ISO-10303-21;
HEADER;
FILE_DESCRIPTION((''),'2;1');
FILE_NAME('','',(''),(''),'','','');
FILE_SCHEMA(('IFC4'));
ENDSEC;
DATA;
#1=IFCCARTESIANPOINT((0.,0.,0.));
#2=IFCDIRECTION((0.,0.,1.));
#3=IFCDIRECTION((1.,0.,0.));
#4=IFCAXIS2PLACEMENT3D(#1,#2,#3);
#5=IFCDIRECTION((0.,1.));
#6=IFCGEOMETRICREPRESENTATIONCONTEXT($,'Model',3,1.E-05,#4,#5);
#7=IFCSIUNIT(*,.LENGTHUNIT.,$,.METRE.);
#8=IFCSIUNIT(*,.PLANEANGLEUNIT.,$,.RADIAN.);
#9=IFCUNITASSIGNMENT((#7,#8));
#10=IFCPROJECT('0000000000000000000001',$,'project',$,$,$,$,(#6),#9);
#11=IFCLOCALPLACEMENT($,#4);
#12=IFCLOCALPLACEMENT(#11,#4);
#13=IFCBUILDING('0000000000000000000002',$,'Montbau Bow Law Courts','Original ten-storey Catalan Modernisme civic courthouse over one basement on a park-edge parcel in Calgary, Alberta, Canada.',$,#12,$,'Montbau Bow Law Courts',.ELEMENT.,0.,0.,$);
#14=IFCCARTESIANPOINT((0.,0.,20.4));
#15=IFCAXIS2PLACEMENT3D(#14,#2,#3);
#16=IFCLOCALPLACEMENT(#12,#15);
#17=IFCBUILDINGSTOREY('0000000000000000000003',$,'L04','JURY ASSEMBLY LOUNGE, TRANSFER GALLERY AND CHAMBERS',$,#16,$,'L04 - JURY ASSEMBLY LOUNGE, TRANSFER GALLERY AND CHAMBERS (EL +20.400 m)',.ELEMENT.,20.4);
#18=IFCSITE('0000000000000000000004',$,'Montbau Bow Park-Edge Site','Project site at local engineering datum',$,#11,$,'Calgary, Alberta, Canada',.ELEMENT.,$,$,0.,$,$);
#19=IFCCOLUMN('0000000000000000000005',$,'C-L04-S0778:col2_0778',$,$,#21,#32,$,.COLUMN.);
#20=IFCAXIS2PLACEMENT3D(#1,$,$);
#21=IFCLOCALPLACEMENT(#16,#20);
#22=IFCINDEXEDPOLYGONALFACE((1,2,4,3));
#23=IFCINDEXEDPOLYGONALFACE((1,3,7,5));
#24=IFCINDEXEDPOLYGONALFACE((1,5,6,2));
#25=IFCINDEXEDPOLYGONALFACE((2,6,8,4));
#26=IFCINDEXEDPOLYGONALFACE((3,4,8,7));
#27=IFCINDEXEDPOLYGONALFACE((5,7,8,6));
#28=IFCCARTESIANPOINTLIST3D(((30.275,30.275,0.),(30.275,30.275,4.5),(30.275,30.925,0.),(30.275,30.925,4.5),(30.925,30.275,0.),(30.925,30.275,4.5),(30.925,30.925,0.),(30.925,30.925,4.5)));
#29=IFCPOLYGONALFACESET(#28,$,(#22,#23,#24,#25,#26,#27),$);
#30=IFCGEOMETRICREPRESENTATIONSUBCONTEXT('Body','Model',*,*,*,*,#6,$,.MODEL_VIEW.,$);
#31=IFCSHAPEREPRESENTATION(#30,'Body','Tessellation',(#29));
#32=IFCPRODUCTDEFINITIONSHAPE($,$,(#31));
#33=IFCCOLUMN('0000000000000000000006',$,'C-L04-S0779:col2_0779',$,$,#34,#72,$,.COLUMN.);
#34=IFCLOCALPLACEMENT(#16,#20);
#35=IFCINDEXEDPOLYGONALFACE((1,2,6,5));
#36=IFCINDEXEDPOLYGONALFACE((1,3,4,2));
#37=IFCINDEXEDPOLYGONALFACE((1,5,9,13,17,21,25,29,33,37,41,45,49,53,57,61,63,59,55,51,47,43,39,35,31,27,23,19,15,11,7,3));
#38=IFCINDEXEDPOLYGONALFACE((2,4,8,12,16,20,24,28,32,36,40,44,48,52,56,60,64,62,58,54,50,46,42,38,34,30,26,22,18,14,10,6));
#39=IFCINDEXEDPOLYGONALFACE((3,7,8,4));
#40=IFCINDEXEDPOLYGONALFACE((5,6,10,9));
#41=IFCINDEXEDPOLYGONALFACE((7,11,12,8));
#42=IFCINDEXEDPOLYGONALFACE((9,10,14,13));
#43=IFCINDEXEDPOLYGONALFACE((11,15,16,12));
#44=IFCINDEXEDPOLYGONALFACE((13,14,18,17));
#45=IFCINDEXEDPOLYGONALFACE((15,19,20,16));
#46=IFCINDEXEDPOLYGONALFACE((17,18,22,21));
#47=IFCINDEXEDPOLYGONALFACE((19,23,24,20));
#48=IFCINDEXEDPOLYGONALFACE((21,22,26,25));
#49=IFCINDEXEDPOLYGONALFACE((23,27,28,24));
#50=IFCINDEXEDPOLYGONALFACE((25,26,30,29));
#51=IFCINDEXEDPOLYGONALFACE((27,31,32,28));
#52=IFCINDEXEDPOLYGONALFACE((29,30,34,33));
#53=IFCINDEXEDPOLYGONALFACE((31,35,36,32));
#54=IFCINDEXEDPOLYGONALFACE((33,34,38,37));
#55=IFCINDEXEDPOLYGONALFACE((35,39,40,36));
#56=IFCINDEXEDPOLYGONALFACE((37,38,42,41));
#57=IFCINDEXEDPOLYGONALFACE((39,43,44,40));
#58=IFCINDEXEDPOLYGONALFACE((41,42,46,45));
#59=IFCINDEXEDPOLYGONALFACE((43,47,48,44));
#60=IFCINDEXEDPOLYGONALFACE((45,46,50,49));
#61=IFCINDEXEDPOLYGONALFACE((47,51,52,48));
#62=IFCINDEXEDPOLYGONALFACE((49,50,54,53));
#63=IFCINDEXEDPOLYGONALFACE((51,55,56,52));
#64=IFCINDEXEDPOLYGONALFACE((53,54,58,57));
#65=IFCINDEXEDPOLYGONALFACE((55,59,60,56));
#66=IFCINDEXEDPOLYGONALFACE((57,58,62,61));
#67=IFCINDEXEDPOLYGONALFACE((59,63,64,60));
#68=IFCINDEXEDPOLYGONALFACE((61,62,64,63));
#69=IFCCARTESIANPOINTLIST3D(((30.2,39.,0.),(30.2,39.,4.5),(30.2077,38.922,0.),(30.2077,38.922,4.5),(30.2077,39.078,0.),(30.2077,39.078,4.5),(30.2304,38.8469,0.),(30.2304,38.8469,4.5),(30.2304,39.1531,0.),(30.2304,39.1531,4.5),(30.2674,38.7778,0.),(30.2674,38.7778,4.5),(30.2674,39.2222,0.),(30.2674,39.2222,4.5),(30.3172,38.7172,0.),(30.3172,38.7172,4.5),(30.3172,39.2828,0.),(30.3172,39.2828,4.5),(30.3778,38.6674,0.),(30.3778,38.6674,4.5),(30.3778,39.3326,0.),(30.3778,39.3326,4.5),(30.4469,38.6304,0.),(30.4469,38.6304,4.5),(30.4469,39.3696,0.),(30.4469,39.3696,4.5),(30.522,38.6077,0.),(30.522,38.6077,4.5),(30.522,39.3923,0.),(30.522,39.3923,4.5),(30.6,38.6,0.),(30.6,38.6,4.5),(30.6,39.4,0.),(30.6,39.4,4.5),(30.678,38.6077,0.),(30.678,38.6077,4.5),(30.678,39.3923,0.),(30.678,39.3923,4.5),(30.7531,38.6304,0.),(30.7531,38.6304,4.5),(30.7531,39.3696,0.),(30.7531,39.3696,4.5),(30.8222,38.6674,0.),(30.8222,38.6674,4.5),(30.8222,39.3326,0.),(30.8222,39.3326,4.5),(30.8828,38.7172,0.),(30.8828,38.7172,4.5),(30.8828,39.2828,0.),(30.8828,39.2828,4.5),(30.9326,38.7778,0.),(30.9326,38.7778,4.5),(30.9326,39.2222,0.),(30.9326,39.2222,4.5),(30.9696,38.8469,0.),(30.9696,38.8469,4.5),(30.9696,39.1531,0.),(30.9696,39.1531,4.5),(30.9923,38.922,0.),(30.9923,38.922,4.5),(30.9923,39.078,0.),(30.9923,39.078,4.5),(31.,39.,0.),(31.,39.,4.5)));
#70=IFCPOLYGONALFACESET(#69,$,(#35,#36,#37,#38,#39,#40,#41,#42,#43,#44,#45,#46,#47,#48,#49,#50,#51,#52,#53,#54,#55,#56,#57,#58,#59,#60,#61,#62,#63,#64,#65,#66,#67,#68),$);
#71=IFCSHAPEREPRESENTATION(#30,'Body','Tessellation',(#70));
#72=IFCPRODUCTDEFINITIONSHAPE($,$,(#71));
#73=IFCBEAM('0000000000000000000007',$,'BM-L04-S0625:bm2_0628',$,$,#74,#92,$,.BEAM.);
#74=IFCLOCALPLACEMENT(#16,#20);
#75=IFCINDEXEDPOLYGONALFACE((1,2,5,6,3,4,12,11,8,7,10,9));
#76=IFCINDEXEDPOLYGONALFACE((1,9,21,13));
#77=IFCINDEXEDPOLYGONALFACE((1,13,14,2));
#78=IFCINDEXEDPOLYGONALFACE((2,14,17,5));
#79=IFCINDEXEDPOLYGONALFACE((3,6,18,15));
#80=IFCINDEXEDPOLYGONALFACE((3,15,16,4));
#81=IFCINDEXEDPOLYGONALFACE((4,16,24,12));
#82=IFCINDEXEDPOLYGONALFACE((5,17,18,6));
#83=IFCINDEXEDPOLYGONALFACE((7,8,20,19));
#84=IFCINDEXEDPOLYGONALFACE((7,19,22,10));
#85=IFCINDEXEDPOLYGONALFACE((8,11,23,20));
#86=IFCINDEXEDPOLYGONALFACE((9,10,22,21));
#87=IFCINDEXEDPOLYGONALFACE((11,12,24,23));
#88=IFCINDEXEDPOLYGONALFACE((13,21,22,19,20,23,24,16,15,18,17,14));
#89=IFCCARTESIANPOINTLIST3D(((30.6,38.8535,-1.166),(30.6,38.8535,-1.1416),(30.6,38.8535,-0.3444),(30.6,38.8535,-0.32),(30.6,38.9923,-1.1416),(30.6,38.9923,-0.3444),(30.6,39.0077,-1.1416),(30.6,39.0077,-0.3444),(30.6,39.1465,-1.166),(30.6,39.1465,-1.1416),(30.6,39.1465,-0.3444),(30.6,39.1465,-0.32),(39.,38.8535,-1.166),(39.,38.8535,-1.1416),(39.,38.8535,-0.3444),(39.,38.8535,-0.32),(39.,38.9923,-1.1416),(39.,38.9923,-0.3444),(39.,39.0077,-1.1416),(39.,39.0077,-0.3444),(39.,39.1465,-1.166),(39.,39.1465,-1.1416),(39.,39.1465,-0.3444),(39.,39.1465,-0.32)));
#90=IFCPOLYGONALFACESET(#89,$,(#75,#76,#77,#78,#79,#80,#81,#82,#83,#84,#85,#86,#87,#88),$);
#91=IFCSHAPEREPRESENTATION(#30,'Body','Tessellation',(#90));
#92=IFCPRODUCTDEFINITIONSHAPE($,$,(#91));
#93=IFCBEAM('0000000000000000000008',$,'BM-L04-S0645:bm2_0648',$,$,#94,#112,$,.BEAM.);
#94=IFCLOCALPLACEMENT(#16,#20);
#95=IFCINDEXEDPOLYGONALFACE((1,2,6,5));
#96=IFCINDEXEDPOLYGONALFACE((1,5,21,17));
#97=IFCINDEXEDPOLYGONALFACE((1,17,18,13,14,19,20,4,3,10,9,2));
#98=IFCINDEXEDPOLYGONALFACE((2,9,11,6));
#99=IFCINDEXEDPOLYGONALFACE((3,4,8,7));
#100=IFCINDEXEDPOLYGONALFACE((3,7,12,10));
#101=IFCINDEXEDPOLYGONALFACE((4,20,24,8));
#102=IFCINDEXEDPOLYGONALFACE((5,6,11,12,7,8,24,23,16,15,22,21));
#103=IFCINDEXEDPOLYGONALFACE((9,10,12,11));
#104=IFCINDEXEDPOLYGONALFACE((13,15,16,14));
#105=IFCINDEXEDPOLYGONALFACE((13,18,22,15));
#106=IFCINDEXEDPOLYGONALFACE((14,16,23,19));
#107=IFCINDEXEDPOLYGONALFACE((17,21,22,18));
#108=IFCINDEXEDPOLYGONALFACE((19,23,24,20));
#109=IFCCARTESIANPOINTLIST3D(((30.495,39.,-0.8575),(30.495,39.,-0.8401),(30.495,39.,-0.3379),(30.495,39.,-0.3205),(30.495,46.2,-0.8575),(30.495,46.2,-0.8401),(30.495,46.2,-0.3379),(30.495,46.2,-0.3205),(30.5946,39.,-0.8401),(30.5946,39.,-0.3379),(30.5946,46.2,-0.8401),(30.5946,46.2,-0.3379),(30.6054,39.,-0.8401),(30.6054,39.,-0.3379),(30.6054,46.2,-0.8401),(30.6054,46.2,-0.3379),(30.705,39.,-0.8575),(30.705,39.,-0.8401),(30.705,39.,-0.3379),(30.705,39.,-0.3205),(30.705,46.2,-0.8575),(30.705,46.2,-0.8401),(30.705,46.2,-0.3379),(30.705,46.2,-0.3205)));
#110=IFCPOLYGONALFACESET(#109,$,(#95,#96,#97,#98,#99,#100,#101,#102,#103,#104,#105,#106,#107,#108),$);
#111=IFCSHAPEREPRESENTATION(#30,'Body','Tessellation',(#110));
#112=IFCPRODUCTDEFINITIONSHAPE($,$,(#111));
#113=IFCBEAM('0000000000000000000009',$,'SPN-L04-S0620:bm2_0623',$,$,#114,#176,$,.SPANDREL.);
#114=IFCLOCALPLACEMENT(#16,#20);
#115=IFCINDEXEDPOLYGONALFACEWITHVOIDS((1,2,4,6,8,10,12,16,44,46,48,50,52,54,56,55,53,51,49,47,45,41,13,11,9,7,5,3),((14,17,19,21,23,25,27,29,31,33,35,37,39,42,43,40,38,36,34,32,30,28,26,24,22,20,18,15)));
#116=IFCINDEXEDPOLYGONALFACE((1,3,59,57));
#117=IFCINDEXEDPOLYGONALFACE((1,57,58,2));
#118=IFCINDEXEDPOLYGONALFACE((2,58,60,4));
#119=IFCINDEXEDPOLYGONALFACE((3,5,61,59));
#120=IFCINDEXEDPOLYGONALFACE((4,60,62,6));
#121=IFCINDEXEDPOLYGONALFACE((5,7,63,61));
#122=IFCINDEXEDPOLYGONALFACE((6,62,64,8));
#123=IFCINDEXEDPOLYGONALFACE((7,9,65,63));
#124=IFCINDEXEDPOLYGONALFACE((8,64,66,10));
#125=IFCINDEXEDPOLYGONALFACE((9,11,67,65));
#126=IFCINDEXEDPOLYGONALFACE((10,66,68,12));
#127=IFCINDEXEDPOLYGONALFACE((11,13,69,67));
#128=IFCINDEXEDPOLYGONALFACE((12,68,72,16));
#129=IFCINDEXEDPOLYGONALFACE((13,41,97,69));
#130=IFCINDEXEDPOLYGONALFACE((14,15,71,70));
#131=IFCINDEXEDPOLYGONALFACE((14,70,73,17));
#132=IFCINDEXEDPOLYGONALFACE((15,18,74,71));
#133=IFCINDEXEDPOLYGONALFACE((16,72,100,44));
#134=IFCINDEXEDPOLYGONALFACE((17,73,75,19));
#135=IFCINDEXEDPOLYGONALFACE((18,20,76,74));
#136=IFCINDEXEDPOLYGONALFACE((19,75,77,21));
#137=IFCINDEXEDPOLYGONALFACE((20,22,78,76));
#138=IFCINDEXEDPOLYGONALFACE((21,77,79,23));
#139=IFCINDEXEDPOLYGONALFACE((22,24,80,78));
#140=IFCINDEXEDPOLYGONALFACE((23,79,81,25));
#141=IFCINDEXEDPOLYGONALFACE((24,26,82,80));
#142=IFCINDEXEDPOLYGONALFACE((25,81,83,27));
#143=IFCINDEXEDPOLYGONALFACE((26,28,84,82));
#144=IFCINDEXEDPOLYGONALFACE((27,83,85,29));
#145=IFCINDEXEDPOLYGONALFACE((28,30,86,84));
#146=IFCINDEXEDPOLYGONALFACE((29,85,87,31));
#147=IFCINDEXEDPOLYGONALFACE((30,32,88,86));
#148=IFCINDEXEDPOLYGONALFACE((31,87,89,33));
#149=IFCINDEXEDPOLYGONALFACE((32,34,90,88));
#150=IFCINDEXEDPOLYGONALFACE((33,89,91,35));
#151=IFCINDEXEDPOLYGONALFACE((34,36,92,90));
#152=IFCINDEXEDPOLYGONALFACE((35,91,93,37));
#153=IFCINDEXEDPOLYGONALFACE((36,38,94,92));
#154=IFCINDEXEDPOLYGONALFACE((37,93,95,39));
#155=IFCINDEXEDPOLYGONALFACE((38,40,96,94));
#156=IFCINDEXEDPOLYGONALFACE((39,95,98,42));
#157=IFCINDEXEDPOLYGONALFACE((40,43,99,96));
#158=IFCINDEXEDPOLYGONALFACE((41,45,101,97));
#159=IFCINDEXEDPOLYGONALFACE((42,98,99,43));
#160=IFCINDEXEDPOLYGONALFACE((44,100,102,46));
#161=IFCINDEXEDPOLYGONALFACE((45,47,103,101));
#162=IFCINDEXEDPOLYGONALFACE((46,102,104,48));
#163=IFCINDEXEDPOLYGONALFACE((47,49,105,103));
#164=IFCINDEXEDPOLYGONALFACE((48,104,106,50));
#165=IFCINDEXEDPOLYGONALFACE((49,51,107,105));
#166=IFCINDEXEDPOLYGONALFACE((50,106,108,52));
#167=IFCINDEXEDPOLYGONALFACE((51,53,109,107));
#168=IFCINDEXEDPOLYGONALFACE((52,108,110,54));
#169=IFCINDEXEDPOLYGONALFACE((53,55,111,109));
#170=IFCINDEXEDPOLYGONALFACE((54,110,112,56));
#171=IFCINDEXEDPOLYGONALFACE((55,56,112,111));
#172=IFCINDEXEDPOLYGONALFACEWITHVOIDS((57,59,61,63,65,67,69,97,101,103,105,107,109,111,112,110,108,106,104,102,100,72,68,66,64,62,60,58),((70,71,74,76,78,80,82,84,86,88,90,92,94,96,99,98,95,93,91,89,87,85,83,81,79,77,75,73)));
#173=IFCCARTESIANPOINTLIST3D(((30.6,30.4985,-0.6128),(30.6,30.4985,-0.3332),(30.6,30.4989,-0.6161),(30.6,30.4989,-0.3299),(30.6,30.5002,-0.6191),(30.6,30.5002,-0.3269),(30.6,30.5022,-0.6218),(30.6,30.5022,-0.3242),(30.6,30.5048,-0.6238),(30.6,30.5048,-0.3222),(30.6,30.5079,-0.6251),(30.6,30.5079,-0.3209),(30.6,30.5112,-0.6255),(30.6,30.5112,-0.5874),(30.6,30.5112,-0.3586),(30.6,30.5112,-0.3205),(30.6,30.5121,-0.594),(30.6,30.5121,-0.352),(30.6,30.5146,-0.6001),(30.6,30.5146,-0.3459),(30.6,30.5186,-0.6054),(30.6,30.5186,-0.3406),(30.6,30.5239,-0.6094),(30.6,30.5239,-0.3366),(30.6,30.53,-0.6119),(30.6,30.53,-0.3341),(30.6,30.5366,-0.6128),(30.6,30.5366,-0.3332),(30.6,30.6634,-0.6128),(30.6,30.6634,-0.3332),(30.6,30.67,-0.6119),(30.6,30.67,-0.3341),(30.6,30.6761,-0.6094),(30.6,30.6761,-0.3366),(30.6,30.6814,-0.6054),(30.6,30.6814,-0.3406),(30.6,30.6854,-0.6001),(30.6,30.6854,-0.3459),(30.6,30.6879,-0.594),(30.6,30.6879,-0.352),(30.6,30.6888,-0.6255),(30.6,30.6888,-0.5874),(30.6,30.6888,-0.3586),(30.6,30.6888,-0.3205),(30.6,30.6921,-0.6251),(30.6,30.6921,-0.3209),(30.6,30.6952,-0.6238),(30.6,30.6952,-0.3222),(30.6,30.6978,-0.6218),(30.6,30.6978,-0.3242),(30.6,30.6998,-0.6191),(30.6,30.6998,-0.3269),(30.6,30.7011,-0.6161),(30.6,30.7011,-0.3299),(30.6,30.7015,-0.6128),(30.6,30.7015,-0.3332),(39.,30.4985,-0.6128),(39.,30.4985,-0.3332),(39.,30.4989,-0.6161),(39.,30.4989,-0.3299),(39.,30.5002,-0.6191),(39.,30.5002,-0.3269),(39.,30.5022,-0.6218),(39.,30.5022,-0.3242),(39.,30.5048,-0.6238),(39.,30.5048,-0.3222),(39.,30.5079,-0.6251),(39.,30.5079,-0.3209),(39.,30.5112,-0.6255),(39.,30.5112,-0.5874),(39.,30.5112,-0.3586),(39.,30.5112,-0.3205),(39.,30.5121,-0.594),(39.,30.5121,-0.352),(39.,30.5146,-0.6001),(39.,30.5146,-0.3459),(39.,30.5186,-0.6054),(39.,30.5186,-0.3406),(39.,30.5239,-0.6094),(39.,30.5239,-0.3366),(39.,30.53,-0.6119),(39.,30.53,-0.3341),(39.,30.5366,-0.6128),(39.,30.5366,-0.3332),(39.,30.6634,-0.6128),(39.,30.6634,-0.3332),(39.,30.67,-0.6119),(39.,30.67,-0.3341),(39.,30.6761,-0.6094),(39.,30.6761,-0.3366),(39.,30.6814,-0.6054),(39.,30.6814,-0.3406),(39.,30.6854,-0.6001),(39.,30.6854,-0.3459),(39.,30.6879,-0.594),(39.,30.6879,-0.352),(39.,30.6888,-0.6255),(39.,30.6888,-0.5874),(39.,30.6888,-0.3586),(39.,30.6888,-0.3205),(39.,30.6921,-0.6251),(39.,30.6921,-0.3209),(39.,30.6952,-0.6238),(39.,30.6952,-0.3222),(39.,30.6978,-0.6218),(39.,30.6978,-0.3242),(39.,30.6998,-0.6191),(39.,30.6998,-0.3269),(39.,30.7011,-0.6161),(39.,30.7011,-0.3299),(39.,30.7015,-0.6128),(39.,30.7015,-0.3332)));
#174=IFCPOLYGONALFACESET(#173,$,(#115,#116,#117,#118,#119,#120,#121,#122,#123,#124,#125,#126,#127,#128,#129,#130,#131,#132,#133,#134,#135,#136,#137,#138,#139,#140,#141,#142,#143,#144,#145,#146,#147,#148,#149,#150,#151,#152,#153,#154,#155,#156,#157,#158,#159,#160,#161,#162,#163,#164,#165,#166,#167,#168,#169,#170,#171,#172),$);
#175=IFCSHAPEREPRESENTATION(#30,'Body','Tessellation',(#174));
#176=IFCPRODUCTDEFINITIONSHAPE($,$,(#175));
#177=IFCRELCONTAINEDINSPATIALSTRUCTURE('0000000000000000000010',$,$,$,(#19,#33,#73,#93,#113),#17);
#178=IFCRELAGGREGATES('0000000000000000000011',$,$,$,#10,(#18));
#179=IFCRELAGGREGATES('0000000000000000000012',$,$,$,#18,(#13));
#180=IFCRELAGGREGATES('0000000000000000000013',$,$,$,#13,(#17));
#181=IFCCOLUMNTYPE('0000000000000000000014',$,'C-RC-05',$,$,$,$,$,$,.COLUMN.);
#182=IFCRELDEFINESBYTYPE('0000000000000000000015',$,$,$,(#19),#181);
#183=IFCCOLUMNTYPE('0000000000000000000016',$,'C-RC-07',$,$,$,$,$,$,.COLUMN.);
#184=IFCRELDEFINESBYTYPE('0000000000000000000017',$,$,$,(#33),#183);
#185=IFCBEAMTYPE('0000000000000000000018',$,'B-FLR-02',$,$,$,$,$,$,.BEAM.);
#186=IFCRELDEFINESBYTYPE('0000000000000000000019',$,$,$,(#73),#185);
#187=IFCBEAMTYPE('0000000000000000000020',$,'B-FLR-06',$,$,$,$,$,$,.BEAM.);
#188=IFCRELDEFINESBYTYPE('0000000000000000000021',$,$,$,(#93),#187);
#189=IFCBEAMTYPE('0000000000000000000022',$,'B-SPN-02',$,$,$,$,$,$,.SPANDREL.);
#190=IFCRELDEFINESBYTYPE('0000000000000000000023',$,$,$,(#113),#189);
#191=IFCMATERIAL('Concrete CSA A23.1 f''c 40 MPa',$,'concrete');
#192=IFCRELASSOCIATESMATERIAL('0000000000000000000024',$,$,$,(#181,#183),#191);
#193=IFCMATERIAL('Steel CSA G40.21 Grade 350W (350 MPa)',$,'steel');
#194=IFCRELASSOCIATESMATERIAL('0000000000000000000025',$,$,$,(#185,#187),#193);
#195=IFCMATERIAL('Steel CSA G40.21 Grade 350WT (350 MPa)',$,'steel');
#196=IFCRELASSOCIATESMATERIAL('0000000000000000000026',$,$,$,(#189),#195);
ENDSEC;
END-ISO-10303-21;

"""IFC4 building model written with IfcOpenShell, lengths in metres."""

from ifc_helpers import new_model, si_unit, direction, frame, origin_with_axes, origin_2d_with_axis, place, context, subcontext, project, spatial, rectangle, hollow_rectangle, circle, i_section, extrude, material, material_profile, profile_set, type_object, element, save


model = new_model("IFC4")

# Units and contexts
model_context = context("Model", 3, precision=1e-05, world=origin_with_axes(), true_north=direction((0.0, 1.0)))
body_context = subcontext(model_context, "Body", "Model", "MODEL_VIEW")
ifc_project = project(units=[si_unit("LENGTHUNIT", "METRE"), si_unit("PLANEANGLEUNIT", "RADIAN")], contexts=[model_context])

# Site, building, storey
site_placement = place(None, origin_with_axes())
site = spatial("IfcSite", under=ifc_project, at=site_placement, Name="Montbau Bow Park-Edge Site", Description="Project site at local engineering datum", LongName="Calgary, Alberta, Canada", CompositionType="ELEMENT", RefElevation=0.0)
building_placement = place(site_placement, origin_with_axes())
building = spatial("IfcBuilding", under=site, at=building_placement, Name="Montbau Bow Law Courts", Description="Original ten-storey Catalan Modernisme civic courthouse over one basement on a park-edge parcel in Calgary, Alberta, Canada.", LongName="Montbau Bow Law Courts", CompositionType="ELEMENT", ElevationOfRefHeight=0.0, ElevationOfTerrain=0.0)
storey_placement = place(building_placement, frame((0.0, 0.0, 20.4), z_axis=(0.0, 0.0, 1.0), x_axis=(1.0, 0.0, 0.0)))
storey = spatial("IfcBuildingStorey", under=building, at=storey_placement, Name="L04", Description="JURY ASSEMBLY LOUNGE, TRANSFER GALLERY AND CHAMBERS", LongName="L04 - JURY ASSEMBLY LOUNGE, TRANSFER GALLERY AND CHAMBERS (EL +20.400 m)", CompositionType="ELEMENT", Elevation=20.4)

# Columns
ifc_material_1 = material(Name="Concrete CSA A23.1 f'c 40 MPa", Category="concrete")
ifc_material_profile_1 = material_profile(ifc_material_1, rectangle(XDim=0.65, YDim=0.65, at=origin_2d_with_axis()), Name="RC650X650", Category="Main", Priority=0)
ifc_profile_set_1 = profile_set([ifc_material_profile_1], Name="Concrete CSA A23.1 f'c 40 MPa")
column_type_1 = type_object("IfcColumnType", Name="C-RC-05", PredefinedType="COLUMN", material=ifc_profile_set_1)
column_1_placement = place(None, frame((30.6, 30.6, 20.4), z_axis=(0.0, 0.0, 1.0), x_axis=(1.0, 0.0, 0.0)))
element("IfcColumn", 1, at=column_1_placement, inside=storey, type_object=column_type_1, Name="C-L04-S0778:col2_0778", PredefinedType="COLUMN", context=body_context, shape_type="SweptSolid", body=[
    extrude(rectangle(XDim=0.65, YDim=0.65, at=origin_2d_with_axis()), origin_with_axes(), (0.0, 0.0, 1.0), 4.5),
])
ifc_material_profile_2 = material_profile(ifc_material_1, circle(Radius=0.4, at=origin_2d_with_axis()), Name="RC800D", Category="Main", Priority=0)
ifc_profile_set_2 = profile_set([ifc_material_profile_2], Name="Concrete CSA A23.1 f'c 40 MPa")
column_type_2 = type_object("IfcColumnType", Name="C-RC-07", PredefinedType="COLUMN", material=ifc_profile_set_2)
column_2_placement = place(None, frame((30.6, 39.0, 20.4), z_axis=(0.0, 0.0, 1.0), x_axis=(1.0, 0.0, 0.0)))
element("IfcColumn", 2, at=column_2_placement, inside=storey, type_object=column_type_2, Name="C-L04-S0779:col2_0779", PredefinedType="COLUMN", context=body_context, shape_type="SweptSolid", body=[
    extrude(circle(Radius=0.4, at=origin_2d_with_axis()), origin_with_axes(), (0.0, 0.0, 1.0), 4.5),
])

# Beams
ifc_material_2 = material(Name="Steel CSA G40.21 Grade 350W (350 MPa)", Category="steel")
ifc_material_profile_3 = material_profile(ifc_material_2, i_section(OverallWidth=0.293, OverallDepth=0.846, WebThickness=0.0154, FlangeThickness=0.0244, at=origin_2d_with_axis()), Name="W840X210", Category="Main", Priority=0)
ifc_profile_set_3 = profile_set([ifc_material_profile_3], Name="Steel CSA G40.21 Grade 350W (350 MPa)")
beam_type_1 = type_object("IfcBeamType", Name="B-FLR-02", PredefinedType="BEAM", material=ifc_profile_set_3)
beam_1_placement = place(None, frame((30.6, 39.0, 19.657), z_axis=(1.0, 0.0, 0.0), x_axis=(0.0, 1.0, 0.0)))
element("IfcBeam", 3, at=beam_1_placement, inside=storey, type_object=beam_type_1, Name="BM-L04-S0625:bm2_0628", PredefinedType="BEAM", context=body_context, shape_type="SweptSolid", body=[
    extrude(i_section(OverallWidth=0.293, OverallDepth=0.846, WebThickness=0.0154, FlangeThickness=0.0244, at=origin_2d_with_axis()), origin_with_axes(), (0.0, 0.0, 1.0), 8.4),
])
ifc_material_profile_4 = material_profile(ifc_material_2, i_section(OverallWidth=0.21, OverallDepth=0.537, WebThickness=0.0109, FlangeThickness=0.0174, at=origin_2d_with_axis()), Name="W530X101", Category="Main", Priority=0)
ifc_profile_set_4 = profile_set([ifc_material_profile_4], Name="Steel CSA G40.21 Grade 350W (350 MPa)")
beam_type_2 = type_object("IfcBeamType", Name="B-FLR-06", PredefinedType="BEAM", material=ifc_profile_set_4)
beam_2_placement = place(None, frame((30.6, 39.0, 19.811), z_axis=(0.0, 1.0, 0.0), x_axis=(-1.0, 0.0, 0.0)))
element("IfcBeam", 4, at=beam_2_placement, inside=storey, type_object=beam_type_2, Name="BM-L04-S0645:bm2_0648", PredefinedType="BEAM", context=body_context, shape_type="SweptSolid", body=[
    extrude(i_section(OverallWidth=0.21, OverallDepth=0.537, WebThickness=0.0109, FlangeThickness=0.0174, at=origin_2d_with_axis()), origin_with_axes(), (0.0, 0.0, 1.0), 7.2),
])
ifc_material_3 = material(Name="Steel CSA G40.21 Grade 350WT (350 MPa)", Category="steel")
ifc_material_profile_5 = material_profile(ifc_material_3, hollow_rectangle(XDim=0.203, YDim=0.305, WallThickness=0.0127, InnerFilletRadius=0.0254, OuterFilletRadius=0.0127, at=origin_2d_with_axis()), Name="HSS305X203X13", Category="Main", Priority=0)
ifc_profile_set_5 = profile_set([ifc_material_profile_5], Name="Steel CSA G40.21 Grade 350WT (350 MPa)")
beam_type_3 = type_object("IfcBeamType", Name="B-SPN-02", PredefinedType="SPANDREL", material=ifc_profile_set_5)
beam_3_placement = place(None, frame((30.6, 30.6, 19.927), z_axis=(1.0, 0.0, 0.0), x_axis=(0.0, 1.0, 0.0)))
element("IfcBeam", 5, at=beam_3_placement, inside=storey, type_object=beam_type_3, Name="SPN-L04-S0620:bm2_0623", PredefinedType="SPANDREL", context=body_context, shape_type="SweptSolid", body=[
    extrude(hollow_rectangle(XDim=0.203, YDim=0.305, WallThickness=0.0127, InnerFilletRadius=0.0254, OuterFilletRadius=0.0127, at=origin_2d_with_axis()), origin_with_axes(), (0.0, 0.0, 1.0), 8.4),
])

save(model, "model.ifc")
